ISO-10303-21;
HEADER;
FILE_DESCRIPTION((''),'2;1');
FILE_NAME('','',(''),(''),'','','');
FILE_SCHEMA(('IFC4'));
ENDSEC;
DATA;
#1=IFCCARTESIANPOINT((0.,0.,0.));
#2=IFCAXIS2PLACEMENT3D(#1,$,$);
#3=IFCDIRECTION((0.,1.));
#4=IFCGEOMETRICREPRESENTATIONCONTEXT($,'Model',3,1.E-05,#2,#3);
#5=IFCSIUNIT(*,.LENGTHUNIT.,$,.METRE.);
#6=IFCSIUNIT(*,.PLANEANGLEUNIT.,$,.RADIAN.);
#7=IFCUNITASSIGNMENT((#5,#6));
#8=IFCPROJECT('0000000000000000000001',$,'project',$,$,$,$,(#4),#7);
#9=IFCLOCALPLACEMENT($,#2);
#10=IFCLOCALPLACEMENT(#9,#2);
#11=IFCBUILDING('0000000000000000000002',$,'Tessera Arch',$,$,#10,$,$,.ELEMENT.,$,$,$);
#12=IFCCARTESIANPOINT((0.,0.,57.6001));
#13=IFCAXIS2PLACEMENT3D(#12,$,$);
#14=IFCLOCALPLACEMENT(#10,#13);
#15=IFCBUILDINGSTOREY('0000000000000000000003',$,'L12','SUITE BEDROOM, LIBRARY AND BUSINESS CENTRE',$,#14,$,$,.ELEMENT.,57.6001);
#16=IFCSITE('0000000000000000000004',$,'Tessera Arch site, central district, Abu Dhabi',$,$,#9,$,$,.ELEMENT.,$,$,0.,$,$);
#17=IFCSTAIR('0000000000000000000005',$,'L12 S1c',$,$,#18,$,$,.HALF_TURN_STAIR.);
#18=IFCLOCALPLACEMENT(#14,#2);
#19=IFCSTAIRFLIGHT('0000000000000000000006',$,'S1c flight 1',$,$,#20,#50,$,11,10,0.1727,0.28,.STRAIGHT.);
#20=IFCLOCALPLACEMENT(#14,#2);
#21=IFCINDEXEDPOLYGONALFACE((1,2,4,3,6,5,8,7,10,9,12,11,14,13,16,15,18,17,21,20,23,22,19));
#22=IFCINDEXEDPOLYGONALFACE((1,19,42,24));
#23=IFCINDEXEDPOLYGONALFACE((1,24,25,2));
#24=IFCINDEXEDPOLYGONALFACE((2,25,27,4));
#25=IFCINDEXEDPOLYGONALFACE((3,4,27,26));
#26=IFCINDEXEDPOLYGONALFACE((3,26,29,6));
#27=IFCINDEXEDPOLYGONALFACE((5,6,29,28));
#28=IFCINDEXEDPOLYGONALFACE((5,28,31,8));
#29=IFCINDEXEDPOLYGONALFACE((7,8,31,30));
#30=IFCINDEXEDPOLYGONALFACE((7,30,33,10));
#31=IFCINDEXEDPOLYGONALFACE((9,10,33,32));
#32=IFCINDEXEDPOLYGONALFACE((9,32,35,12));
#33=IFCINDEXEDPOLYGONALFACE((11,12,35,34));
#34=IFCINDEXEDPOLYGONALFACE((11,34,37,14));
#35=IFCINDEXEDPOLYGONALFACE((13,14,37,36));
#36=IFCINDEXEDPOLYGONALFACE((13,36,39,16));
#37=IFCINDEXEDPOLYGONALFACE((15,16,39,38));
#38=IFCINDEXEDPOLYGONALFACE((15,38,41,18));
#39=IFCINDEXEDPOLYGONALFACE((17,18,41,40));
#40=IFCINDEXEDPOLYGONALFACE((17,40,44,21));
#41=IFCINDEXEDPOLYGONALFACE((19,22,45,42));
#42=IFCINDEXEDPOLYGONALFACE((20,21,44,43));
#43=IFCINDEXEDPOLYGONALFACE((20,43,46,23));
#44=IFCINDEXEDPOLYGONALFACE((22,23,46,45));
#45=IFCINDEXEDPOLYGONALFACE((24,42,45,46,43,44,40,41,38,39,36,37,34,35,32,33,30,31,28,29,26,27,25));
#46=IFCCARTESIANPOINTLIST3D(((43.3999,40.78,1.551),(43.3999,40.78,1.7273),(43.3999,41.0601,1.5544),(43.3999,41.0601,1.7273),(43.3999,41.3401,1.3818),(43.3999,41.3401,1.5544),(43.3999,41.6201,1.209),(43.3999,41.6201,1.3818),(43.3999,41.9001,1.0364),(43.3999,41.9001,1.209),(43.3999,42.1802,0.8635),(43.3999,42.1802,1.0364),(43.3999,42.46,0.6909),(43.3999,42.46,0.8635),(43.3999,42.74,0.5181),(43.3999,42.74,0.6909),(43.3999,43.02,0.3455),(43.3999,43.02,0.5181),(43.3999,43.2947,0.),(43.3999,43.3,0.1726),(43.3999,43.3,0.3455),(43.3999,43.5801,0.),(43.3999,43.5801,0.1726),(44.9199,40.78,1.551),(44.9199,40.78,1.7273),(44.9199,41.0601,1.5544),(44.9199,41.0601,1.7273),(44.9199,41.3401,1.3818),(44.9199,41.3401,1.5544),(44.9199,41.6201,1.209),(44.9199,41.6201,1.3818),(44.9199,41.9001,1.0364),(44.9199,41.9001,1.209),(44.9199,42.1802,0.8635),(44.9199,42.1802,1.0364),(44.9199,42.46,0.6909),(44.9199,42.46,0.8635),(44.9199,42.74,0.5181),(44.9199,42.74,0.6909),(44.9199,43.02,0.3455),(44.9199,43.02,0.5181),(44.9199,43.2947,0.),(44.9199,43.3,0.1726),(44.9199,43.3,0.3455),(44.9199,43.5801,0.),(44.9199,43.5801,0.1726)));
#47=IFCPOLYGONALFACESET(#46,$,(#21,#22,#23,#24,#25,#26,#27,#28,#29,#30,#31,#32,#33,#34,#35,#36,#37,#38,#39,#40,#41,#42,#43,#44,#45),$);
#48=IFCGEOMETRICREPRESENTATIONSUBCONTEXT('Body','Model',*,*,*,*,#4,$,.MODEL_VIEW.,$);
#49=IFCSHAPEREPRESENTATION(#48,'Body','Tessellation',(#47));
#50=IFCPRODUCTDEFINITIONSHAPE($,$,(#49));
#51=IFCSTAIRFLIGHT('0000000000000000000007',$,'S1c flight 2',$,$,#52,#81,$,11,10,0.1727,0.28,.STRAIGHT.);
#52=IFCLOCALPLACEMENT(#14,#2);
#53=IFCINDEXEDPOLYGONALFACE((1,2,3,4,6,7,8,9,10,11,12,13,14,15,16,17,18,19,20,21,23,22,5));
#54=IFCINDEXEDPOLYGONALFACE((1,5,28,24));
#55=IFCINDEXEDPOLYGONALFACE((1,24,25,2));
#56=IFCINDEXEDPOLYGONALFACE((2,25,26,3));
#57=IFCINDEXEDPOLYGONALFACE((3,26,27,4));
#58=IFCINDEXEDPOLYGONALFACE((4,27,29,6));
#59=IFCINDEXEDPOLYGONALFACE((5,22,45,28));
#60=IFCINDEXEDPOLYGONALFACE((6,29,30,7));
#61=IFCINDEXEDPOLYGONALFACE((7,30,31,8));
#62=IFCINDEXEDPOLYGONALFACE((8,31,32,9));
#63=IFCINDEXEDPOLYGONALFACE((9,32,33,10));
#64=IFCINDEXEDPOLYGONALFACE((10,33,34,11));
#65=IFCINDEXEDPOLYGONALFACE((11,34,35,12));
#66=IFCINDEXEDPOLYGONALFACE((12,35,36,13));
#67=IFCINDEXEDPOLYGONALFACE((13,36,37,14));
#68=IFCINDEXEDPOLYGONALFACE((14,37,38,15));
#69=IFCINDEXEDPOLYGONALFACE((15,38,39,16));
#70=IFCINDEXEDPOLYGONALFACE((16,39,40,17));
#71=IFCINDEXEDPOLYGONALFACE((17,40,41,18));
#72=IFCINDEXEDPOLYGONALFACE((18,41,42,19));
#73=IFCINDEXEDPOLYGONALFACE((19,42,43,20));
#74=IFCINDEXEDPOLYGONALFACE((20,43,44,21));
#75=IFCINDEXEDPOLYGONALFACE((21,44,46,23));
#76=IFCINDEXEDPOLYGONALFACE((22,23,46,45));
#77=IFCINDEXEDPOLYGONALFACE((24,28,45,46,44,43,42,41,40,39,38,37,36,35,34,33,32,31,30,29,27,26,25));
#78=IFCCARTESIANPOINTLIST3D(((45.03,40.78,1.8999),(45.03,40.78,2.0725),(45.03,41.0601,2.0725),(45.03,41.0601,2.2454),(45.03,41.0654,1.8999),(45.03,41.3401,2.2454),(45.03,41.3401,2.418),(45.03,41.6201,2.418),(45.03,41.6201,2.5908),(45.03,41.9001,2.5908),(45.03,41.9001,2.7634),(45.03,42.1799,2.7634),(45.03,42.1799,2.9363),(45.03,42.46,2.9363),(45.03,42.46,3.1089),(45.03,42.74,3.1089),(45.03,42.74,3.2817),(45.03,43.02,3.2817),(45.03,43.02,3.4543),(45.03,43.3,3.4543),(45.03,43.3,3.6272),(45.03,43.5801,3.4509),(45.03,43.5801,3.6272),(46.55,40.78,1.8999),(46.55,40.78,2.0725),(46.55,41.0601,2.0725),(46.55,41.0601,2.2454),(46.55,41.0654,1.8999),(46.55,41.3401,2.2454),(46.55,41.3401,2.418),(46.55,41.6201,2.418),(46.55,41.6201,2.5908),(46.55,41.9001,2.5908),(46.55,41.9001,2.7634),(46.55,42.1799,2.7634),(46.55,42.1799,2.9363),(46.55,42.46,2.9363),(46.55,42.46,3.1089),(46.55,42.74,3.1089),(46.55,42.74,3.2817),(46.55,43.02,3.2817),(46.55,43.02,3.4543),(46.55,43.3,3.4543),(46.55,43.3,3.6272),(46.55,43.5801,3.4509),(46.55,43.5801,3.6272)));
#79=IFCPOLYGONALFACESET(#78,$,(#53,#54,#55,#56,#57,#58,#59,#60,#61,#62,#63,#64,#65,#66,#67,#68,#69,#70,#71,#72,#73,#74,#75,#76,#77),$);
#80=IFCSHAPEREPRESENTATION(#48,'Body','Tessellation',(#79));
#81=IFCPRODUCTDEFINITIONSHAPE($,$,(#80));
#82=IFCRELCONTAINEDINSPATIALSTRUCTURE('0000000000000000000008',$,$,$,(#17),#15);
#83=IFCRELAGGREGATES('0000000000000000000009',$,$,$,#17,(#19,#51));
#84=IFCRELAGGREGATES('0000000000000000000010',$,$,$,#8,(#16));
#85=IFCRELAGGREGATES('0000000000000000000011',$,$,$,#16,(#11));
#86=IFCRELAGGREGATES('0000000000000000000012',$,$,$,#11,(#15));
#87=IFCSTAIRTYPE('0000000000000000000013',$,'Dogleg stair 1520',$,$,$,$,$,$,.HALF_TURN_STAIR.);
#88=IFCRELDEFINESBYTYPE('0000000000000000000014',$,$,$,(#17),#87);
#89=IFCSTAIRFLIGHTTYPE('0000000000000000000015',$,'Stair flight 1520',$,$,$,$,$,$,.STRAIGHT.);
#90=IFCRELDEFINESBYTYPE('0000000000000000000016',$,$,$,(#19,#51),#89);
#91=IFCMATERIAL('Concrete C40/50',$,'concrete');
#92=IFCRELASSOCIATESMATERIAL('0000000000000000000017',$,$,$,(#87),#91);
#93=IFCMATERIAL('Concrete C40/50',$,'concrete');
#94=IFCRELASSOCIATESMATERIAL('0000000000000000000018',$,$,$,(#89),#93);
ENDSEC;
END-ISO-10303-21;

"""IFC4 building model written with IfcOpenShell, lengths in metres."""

from ifc_helpers import new_model, si_unit, direction, frame, origin, place, context, subcontext, project, spatial, polyline, outline, extrude, material, type_object, element, aggregate, save


model = new_model("IFC4")

# Units and contexts
model_context = context("Model", 3, precision=1e-05, world=origin(), true_north=direction((0.0, 1.0)))
body_context = subcontext(model_context, "Body", "Model", "MODEL_VIEW")
ifc_project = project(units=[si_unit("LENGTHUNIT", "METRE"), si_unit("PLANEANGLEUNIT", "RADIAN")], contexts=[model_context])

# Site, building, storey
site_placement = place(None, origin())
site = spatial("IfcSite", under=ifc_project, at=site_placement, Name="Tessera Arch site, central district, Abu Dhabi", CompositionType="ELEMENT", RefElevation=0.0)
building_placement = place(site_placement, origin())
building = spatial("IfcBuilding", under=site, at=building_placement, Name="Tessera Arch", CompositionType="ELEMENT")
storey_placement = place(building_placement, frame((0.0, 0.0, 57.6001)))
storey = spatial("IfcBuildingStorey", under=building, at=storey_placement, Name="L12", Description="SUITE BEDROOM, LIBRARY AND BUSINESS CENTRE", CompositionType="ELEMENT", Elevation=57.6001)

# Shared definitions
ifc_material_1 = material(Name="Concrete C40/50", Category="concrete")
stair_type = type_object("IfcStairType", Name="Dogleg stair 1520", PredefinedType="HALF_TURN_STAIR", material=ifc_material_1)
ifc_material_2 = material(Name="Concrete C40/50", Category="concrete")
stair_flight_type = type_object("IfcStairFlightType", Name="Stair flight 1520", PredefinedType="STRAIGHT", material=ifc_material_2)

# Stair, stair flights
stair_1_placement = place(storey_placement, origin())
stair_1 = element("IfcStair", 1, at=stair_1_placement, inside=storey, type_object=stair_type, Name="L12 S1c", PredefinedType="HALF_TURN_STAIR")
stair_flight_1_placement = place(storey_placement, frame((44.1599, 43.5801, 0.0), z_axis=(0.0, 0.0, 1.0), x_axis=(0.0, -1.0, 0.0)))
stair_flight_1 = element("IfcStairFlight", 2, at=stair_flight_1_placement, type_object=stair_flight_type, Name="S1c flight 1", NumberOfRisers=11, NumberOfTreads=10, PredefinedType="STRAIGHT", RiserHeight=0.1727, TreadLength=0.28, context=body_context, shape_type="SweptSolid", body=[
    extrude(outline(polyline([(0.0, 0.0), (0.0, 0.1726), (0.28, 0.1726), (0.28, 0.3455), (0.5601, 0.3455), (0.5601, 0.5181), (0.8401, 0.5181), (0.8401, 0.6909), (1.1201, 0.6909), (1.1201, 0.8635), (1.3999, 0.8635), (1.3999, 1.0364), (1.6799, 1.0364), (1.6799, 1.209), (1.96, 1.209), (1.96, 1.3818), (2.24, 1.3818), (2.24, 1.5544), (2.52, 1.5544), (2.52, 1.7273), (2.8, 1.7273), (2.8, 1.8999), (2.8, 1.551), (0.2854, 0.0), (0.0, 0.0)])), frame((0.0, 0.76, 0.0), z_axis=(0.0, -1.0, 0.0), x_axis=(1.0, 0.0, 0.0)), (0.0, 0.0, 1.0), 1.52),
])
stair_flight_2_placement = place(storey_placement, frame((45.79, 40.78, 1.8999), z_axis=(0.0, 0.0, 1.0), x_axis=(0.0, 1.0, 0.0)))
stair_flight_2 = element("IfcStairFlight", 3, at=stair_flight_2_placement, type_object=stair_flight_type, Name="S1c flight 2", NumberOfRisers=11, NumberOfTreads=10, PredefinedType="STRAIGHT", RiserHeight=0.1727, TreadLength=0.28, context=body_context, shape_type="SweptSolid", body=[
    extrude(outline(polyline([(0.0, 0.0), (0.0, 0.1726), (0.28, 0.1726), (0.28, 0.3455), (0.5601, 0.3455), (0.5601, 0.5181), (0.8401, 0.5181), (0.8401, 0.6909), (1.1201, 0.6909), (1.1201, 0.8635), (1.3999, 0.8635), (1.3999, 1.0364), (1.6799, 1.0364), (1.6799, 1.209), (1.96, 1.209), (1.96, 1.3818), (2.24, 1.3818), (2.24, 1.5544), (2.52, 1.5544), (2.52, 1.7273), (2.8, 1.7273), (2.8, 1.8999), (2.8, 1.551), (0.2854, 0.0), (0.0, 0.0)])), frame((0.0, 0.76, 0.0), z_axis=(0.0, -1.0, 0.0), x_axis=(1.0, 0.0, 0.0)), (0.0, 0.0, 1.0), 1.52),
])
aggregate(stair_1, [stair_flight_1, stair_flight_2])

save(model, "model.ifc")
